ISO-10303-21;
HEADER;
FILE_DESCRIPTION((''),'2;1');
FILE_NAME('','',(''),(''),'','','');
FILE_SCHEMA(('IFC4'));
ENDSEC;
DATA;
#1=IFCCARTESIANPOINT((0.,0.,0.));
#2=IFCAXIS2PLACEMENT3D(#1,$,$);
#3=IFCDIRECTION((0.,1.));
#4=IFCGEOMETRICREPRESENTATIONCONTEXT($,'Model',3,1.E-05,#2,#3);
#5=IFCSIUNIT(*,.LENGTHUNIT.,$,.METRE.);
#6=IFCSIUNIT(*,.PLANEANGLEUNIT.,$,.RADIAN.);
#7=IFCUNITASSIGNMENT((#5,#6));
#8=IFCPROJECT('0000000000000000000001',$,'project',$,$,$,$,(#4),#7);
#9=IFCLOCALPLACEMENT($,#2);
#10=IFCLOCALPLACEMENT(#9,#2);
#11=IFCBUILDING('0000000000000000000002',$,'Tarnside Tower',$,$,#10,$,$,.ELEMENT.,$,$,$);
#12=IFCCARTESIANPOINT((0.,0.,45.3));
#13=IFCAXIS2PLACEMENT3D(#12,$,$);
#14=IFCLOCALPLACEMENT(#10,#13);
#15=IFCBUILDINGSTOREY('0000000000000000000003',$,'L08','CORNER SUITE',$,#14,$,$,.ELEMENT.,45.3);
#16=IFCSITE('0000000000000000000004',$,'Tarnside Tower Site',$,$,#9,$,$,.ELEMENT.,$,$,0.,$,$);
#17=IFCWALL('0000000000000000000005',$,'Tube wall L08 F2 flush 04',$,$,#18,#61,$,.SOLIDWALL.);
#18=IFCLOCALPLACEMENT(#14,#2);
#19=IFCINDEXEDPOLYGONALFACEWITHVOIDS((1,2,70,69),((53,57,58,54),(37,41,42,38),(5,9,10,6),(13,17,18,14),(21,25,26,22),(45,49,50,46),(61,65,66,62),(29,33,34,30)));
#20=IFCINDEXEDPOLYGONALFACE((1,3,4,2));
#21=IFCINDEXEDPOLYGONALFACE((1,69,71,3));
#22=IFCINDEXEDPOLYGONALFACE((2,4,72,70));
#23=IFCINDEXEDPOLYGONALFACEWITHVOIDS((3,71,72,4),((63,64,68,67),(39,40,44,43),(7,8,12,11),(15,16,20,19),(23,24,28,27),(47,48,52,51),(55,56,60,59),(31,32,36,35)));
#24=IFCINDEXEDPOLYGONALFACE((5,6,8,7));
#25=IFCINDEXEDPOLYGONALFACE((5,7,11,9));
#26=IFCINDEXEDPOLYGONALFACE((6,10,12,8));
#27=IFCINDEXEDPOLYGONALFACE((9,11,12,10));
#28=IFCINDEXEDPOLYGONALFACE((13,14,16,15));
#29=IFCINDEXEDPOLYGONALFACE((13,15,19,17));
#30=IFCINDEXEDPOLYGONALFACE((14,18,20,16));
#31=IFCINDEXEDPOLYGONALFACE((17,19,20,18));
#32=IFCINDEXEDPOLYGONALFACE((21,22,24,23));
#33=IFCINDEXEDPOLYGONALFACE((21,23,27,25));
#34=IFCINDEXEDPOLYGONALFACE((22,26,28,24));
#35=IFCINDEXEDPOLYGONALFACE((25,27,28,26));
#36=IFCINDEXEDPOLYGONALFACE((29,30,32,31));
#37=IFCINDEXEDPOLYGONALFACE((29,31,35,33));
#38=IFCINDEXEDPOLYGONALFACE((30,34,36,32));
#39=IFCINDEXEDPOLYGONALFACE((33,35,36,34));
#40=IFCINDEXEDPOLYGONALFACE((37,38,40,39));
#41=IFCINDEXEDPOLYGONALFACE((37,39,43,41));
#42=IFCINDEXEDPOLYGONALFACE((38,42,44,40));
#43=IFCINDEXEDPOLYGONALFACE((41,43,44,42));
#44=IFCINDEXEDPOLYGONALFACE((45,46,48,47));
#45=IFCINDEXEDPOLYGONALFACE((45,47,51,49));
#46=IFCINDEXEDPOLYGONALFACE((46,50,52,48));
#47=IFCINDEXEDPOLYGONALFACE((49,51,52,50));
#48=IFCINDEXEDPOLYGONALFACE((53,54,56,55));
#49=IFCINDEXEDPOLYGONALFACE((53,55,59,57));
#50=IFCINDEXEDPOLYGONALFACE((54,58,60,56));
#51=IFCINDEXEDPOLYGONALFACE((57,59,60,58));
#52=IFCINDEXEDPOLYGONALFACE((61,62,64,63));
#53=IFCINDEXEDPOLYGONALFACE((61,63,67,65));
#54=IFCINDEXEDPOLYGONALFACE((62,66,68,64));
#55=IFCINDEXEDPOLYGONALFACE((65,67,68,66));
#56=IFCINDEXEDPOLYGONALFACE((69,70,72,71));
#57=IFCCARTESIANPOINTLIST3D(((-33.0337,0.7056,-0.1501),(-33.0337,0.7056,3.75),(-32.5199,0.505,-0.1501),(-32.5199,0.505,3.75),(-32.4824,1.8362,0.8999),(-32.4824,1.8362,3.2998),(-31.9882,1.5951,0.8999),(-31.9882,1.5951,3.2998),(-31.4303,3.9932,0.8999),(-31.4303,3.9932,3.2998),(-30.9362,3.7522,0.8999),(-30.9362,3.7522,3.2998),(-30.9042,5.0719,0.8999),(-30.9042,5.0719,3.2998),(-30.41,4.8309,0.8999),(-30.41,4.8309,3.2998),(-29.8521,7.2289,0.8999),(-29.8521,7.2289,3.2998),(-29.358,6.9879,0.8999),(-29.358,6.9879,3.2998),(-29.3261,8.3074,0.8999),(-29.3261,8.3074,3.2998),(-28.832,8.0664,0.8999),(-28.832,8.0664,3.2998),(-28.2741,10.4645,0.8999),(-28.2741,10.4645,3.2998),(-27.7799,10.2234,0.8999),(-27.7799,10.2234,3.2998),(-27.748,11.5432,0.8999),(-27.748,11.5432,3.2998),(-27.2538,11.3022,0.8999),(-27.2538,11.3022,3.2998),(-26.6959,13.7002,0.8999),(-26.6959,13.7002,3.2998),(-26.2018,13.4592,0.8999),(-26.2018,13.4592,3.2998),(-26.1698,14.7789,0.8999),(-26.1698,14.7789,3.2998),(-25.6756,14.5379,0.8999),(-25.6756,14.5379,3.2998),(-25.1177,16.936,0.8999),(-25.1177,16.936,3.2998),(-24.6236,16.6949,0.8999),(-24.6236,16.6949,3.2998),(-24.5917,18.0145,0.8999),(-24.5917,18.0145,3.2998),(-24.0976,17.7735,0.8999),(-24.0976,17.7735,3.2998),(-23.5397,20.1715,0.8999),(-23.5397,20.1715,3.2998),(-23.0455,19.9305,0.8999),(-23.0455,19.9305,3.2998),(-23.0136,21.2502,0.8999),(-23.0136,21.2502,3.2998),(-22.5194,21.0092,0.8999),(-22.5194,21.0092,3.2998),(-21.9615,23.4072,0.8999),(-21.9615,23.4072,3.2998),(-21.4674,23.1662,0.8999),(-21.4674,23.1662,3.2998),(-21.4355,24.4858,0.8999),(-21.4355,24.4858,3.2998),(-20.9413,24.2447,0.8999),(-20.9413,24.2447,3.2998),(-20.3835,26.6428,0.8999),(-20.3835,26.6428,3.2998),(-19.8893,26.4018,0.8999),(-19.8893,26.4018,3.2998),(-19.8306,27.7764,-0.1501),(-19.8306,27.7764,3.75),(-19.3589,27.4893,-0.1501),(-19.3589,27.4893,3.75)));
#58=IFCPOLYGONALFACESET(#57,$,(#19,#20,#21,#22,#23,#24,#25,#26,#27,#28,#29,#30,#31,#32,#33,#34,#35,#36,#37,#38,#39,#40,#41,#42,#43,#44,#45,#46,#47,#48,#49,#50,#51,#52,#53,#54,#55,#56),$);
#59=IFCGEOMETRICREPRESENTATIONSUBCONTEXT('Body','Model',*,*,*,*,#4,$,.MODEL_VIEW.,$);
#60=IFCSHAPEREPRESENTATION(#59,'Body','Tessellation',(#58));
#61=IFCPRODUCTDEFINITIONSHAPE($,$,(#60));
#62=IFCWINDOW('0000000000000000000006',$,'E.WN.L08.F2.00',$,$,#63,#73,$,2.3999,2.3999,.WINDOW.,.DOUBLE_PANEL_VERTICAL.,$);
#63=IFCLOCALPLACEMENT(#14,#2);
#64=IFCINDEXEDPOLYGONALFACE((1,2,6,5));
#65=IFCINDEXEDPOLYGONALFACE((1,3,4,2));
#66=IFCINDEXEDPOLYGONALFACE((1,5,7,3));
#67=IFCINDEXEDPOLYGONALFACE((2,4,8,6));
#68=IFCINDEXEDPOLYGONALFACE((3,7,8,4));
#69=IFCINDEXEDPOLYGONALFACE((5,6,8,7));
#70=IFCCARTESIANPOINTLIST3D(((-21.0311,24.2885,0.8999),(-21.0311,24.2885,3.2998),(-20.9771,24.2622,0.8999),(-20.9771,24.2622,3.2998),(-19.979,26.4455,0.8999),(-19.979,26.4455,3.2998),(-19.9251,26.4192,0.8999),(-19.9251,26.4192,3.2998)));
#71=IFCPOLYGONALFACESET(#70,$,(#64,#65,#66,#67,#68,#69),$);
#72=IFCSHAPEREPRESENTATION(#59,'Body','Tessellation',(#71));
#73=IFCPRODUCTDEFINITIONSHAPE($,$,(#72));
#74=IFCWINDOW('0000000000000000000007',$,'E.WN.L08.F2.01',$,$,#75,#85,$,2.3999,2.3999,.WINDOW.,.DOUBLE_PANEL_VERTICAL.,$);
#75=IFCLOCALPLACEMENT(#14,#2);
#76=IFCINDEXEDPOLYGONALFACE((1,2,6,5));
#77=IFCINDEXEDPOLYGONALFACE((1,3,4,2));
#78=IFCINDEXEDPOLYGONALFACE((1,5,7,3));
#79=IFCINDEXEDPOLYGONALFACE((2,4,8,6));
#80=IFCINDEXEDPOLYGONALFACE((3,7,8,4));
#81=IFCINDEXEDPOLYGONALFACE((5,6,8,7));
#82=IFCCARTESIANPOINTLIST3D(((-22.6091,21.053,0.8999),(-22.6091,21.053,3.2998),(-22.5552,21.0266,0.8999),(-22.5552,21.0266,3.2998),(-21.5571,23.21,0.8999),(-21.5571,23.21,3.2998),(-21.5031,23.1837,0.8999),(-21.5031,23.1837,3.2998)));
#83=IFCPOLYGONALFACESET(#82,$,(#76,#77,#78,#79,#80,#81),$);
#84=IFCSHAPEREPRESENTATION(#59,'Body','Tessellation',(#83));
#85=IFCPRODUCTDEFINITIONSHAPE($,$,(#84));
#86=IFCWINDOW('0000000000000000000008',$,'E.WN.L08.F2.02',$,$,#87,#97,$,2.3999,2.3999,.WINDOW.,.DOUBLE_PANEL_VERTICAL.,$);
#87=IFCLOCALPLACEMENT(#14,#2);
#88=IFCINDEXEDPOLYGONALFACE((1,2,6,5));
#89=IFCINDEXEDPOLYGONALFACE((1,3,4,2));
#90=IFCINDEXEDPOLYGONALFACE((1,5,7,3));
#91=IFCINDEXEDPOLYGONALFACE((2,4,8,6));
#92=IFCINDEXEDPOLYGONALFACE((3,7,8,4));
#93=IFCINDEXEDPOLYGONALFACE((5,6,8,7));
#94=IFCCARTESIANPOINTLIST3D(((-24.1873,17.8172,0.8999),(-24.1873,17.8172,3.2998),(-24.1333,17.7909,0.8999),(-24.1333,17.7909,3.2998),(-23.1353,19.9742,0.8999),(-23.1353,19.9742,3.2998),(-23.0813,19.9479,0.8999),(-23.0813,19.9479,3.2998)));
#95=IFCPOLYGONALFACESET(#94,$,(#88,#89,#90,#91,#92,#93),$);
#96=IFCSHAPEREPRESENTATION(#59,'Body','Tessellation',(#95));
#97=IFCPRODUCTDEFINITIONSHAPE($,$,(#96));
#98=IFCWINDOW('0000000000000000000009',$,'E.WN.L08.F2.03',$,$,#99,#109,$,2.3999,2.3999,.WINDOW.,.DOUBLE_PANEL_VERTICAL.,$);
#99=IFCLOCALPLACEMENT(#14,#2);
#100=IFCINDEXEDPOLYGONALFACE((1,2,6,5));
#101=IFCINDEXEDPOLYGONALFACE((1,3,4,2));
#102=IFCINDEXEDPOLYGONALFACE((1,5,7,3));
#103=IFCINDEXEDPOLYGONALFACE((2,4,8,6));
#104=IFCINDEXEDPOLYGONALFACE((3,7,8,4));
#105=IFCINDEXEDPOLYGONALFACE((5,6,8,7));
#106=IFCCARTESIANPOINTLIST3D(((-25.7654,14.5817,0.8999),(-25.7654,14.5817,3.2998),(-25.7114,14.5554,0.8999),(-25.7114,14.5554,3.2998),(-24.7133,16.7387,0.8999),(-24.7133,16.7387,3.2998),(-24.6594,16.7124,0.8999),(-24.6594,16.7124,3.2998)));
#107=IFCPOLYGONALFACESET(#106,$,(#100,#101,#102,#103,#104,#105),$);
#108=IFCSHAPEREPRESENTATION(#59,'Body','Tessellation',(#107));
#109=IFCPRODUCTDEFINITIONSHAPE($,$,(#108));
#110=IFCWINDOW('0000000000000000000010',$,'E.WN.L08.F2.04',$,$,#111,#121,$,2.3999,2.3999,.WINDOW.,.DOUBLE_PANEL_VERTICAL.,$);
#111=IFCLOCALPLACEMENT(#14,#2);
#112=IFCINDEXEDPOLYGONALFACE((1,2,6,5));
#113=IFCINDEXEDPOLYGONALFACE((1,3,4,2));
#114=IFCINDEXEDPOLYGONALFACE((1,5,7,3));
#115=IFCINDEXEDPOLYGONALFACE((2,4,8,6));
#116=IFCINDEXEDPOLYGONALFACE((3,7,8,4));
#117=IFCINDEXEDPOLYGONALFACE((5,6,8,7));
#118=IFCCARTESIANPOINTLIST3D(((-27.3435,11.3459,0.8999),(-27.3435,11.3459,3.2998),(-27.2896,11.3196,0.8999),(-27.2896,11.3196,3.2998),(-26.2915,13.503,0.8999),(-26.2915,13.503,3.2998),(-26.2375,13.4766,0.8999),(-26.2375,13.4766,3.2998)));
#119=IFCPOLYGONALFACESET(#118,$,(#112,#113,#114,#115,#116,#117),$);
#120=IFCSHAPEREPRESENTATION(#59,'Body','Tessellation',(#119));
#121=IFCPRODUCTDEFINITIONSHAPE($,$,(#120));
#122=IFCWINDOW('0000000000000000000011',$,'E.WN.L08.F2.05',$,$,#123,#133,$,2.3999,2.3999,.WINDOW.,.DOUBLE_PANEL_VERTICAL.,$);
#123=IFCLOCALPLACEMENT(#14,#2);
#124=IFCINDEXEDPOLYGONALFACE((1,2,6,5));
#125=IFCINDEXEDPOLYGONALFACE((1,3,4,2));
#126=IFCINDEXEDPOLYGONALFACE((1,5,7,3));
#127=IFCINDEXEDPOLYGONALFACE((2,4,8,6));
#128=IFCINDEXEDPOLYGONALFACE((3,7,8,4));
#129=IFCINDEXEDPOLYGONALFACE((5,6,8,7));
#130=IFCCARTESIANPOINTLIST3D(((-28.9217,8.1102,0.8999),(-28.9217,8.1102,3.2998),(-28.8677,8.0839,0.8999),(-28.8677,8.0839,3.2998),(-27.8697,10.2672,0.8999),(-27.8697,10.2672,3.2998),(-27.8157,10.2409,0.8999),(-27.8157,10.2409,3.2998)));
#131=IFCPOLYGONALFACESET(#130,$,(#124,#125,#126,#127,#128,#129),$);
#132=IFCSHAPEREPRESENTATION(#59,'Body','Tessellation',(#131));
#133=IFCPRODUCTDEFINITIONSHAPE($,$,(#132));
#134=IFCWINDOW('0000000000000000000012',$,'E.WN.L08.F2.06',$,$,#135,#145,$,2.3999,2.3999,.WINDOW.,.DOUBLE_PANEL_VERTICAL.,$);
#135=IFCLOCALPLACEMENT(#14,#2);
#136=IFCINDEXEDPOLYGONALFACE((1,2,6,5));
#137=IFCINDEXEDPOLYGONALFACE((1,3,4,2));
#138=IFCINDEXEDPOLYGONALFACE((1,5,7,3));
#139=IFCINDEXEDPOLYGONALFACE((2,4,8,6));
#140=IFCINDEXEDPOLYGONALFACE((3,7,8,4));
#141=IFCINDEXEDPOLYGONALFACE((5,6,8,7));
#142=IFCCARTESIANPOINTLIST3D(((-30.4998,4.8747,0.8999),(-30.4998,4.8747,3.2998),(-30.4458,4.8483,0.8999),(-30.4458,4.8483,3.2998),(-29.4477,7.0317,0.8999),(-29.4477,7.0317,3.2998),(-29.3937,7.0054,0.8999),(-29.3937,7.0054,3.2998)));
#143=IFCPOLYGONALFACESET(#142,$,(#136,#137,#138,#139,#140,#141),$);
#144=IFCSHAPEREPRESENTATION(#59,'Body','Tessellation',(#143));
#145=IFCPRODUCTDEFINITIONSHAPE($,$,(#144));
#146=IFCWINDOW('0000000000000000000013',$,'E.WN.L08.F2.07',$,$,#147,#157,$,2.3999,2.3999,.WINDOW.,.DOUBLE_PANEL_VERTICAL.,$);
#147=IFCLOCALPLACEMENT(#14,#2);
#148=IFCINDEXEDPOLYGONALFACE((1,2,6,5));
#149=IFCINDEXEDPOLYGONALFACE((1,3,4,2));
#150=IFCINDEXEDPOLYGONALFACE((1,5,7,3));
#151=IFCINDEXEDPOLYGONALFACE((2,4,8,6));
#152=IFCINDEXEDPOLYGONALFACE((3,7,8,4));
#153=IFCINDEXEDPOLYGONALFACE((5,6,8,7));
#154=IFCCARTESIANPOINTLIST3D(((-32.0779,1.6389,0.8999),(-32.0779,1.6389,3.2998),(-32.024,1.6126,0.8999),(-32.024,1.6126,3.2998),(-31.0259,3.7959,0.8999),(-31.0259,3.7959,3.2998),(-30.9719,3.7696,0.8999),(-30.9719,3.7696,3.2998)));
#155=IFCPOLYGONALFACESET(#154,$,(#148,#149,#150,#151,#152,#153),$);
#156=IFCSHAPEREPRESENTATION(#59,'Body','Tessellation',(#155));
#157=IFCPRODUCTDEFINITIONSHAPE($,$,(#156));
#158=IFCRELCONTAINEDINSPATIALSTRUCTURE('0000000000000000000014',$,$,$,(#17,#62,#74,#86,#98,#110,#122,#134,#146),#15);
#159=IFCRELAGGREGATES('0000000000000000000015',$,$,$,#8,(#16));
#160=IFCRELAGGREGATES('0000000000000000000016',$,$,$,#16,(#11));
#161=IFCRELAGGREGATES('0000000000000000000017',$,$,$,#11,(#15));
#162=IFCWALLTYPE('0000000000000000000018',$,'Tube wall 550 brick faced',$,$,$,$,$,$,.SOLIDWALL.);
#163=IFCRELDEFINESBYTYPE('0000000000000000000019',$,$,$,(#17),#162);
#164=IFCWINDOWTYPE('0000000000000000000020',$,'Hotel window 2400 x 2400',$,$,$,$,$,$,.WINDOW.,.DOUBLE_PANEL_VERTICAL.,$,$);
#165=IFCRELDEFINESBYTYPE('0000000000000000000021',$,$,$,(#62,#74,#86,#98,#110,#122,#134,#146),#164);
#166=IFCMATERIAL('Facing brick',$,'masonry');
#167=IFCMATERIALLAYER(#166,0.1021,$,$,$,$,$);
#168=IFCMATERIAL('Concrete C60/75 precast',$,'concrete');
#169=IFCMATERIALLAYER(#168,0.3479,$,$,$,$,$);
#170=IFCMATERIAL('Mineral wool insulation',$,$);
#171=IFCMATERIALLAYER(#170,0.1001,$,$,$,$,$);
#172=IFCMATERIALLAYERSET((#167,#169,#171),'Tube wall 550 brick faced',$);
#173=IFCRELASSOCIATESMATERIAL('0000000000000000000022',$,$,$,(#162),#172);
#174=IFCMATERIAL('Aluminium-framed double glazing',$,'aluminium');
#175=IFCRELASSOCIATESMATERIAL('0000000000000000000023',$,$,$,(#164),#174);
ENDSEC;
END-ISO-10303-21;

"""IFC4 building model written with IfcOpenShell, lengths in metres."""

from ifc_helpers import new_model, si_unit, direction, frame, frame_2d, origin, place, context, subcontext, project, spatial, polyline, rectangle, outline, extrude, material, layer, layer_set, type_object, element, fill, save


model = new_model("IFC4")

# Units and contexts
model_context = context("Model", 3, precision=1e-05, world=origin(), true_north=direction((0.0, 1.0)))
body_context = subcontext(model_context, "Body", "Model", "MODEL_VIEW")
ifc_project = project(units=[si_unit("LENGTHUNIT", "METRE"), si_unit("PLANEANGLEUNIT", "RADIAN")], contexts=[model_context])

# Site, building, storey
site_placement = place(None, origin())
site = spatial("IfcSite", under=ifc_project, at=site_placement, Name="Tarnside Tower Site", CompositionType="ELEMENT", RefElevation=0.0)
building_placement = place(site_placement, origin())
building = spatial("IfcBuilding", under=site, at=building_placement, Name="Tarnside Tower", CompositionType="ELEMENT")
storey_placement = place(building_placement, frame((0.0, 0.0, 45.3)))
storey = spatial("IfcBuildingStorey", under=building, at=storey_placement, Name="L08", Description="CORNER SUITE", CompositionType="ELEMENT", Elevation=45.3)

# Shared definitions
ifc_material_1 = material(Name="Facing brick", Category="masonry")
ifc_layer_1 = layer(ifc_material_1, 0.1021)
ifc_material_2 = material(Name="Concrete C60/75 precast", Category="concrete")
ifc_layer_2 = layer(ifc_material_2, 0.3479)
ifc_material_3 = material(Name="Mineral wool insulation")
ifc_layer_3 = layer(ifc_material_3, 0.1001)
ifc_layer_set_1 = layer_set([ifc_layer_1, ifc_layer_2, ifc_layer_3], Name="Tube wall 550 brick faced")
wall_type_1 = type_object("IfcWallType", Name="Tube wall 550 brick faced", PredefinedType="SOLIDWALL", material=ifc_layer_set_1)

# Wall, openings, windows
wall_1_placement = place(storey_placement, frame((-19.5947, 27.6328, -0.1501), z_axis=(0.0, 0.0, 1.0), x_axis=(-0.438368, -0.898795, 0.0)))
wall_1 = element("IfcWall", 1, at=wall_1_placement, inside=storey, type_object=wall_type_1, Name="Tube wall L08 F2 flush 04", PredefinedType="SOLIDWALL", context=body_context, shape_type="SweptSolid", body=[
    extrude(outline(polyline([(-0.0256, -0.2749), (30.0933, -0.2749), (30.0483, 0.2749), (0.0256, 0.2749), (-0.0256, -0.2749)])), origin(), (0.0, 0.0, 1.0), 3.9001),
])
opening_1_placement = place(wall_1_placement, frame((1.2356, 0.0, 1.05)))
opening_1 = element("IfcOpeningElement", 2, at=opening_1_placement, cuts=wall_1, PredefinedType="OPENING", context=body_context, shape_type="SweptSolid", body=[
    extrude(rectangle(XDim=2.3999, YDim=2.3999, at=frame_2d((1.2, 1.2))), frame((0.0, 0.2852, 0.0), z_axis=(0.0, -1.0, 0.0), x_axis=(1.0, 0.0, 0.0)), (0.0, 0.0, 1.0), 0.5701),
])
opening_2_placement = place(wall_1_placement, frame((4.8354, 0.0, 1.05)))
opening_2 = element("IfcOpeningElement", 3, at=opening_2_placement, cuts=wall_1, PredefinedType="OPENING", context=body_context, shape_type="SweptSolid", body=[
    extrude(rectangle(XDim=2.3999, YDim=2.3999, at=frame_2d((1.2, 1.2))), frame((0.0, 0.2852, 0.0), z_axis=(0.0, -1.0, 0.0), x_axis=(1.0, 0.0, 0.0)), (0.0, 0.0, 1.0), 0.5701),
])
opening_3_placement = place(wall_1_placement, frame((8.4355, 0.0, 1.05)))
opening_3 = element("IfcOpeningElement", 4, at=opening_3_placement, cuts=wall_1, PredefinedType="OPENING", context=body_context, shape_type="SweptSolid", body=[
    extrude(rectangle(XDim=2.3999, YDim=2.3999, at=frame_2d((1.2, 1.2))), frame((0.0, 0.2852, 0.0), z_axis=(0.0, -1.0, 0.0), x_axis=(1.0, 0.0, 0.0)), (0.0, 0.0, 1.0), 0.5701),
])
opening_4_placement = place(wall_1_placement, frame((12.0354, 0.0, 1.05)))
opening_4 = element("IfcOpeningElement", 5, at=opening_4_placement, cuts=wall_1, PredefinedType="OPENING", context=body_context, shape_type="SweptSolid", body=[
    extrude(rectangle(XDim=2.3999, YDim=2.3999, at=frame_2d((1.2, 1.2))), frame((0.0, 0.2852, 0.0), z_axis=(0.0, -1.0, 0.0), x_axis=(1.0, 0.0, 0.0)), (0.0, 0.0, 1.0), 0.5701),
])
opening_5_placement = place(wall_1_placement, frame((15.6355, 0.0, 1.05)))
opening_5 = element("IfcOpeningElement", 6, at=opening_5_placement, cuts=wall_1, PredefinedType="OPENING", context=body_context, shape_type="SweptSolid", body=[
    extrude(rectangle(XDim=2.3999, YDim=2.3999, at=frame_2d((1.2, 1.2))), frame((0.0, 0.2852, 0.0), z_axis=(0.0, -1.0, 0.0), x_axis=(1.0, 0.0, 0.0)), (0.0, 0.0, 1.0), 0.5701),
])
opening_6_placement = place(wall_1_placement, frame((19.2356, 0.0, 1.05)))
opening_6 = element("IfcOpeningElement", 7, at=opening_6_placement, cuts=wall_1, PredefinedType="OPENING", context=body_context, shape_type="SweptSolid", body=[
    extrude(rectangle(XDim=2.3999, YDim=2.3999, at=frame_2d((1.2, 1.2))), frame((0.0, 0.2852, 0.0), z_axis=(0.0, -1.0, 0.0), x_axis=(1.0, 0.0, 0.0)), (0.0, 0.0, 1.0), 0.5701),
])
opening_7_placement = place(wall_1_placement, frame((22.8354, 0.0, 1.05)))
opening_7 = element("IfcOpeningElement", 8, at=opening_7_placement, cuts=wall_1, PredefinedType="OPENING", context=body_context, shape_type="SweptSolid", body=[
    extrude(rectangle(XDim=2.3999, YDim=2.3999, at=frame_2d((1.2, 1.2))), frame((0.0, 0.2852, 0.0), z_axis=(0.0, -1.0, 0.0), x_axis=(1.0, 0.0, 0.0)), (0.0, 0.0, 1.0), 0.5701),
])
opening_8_placement = place(wall_1_placement, frame((26.4355, 0.0, 1.05)))
opening_8 = element("IfcOpeningElement", 9, at=opening_8_placement, cuts=wall_1, PredefinedType="OPENING", context=body_context, shape_type="SweptSolid", body=[
    extrude(rectangle(XDim=2.3999, YDim=2.3999, at=frame_2d((1.2, 1.2))), frame((0.0, 0.2852, 0.0), z_axis=(0.0, -1.0, 0.0), x_axis=(1.0, 0.0, 0.0)), (0.0, 0.0, 1.0), 0.5701),
])
ifc_material_4 = material(Name="Aluminium-framed double glazing", Category="aluminium")
window_type = type_object("IfcWindowType", Name="Hotel window 2400 x 2400", PartitioningType="DOUBLE_PANEL_VERTICAL", PredefinedType="WINDOW", material=ifc_material_4)
window_1_placement = place(opening_1_placement, frame((0.0, 0.2051, 0.0)))
window_1 = element("IfcWindow", 10, at=window_1_placement, inside=storey, type_object=window_type, Name="E.WN.L08.F2.00", OverallHeight=2.3999, OverallWidth=2.3999, PartitioningType="DOUBLE_PANEL_VERTICAL", PredefinedType="WINDOW", context=body_context, shape_type="SweptSolid", body=[
    extrude(rectangle(XDim=2.3999, YDim=2.3999, at=frame_2d((1.2, 1.2))), frame((0.0, 0.03, 0.0), z_axis=(0.0, -1.0, 0.0), x_axis=(1.0, 0.0, 0.0)), (0.0, 0.0, 1.0), 0.0601),
])
fill(opening_1, window_1)
window_2_placement = place(opening_2_placement, frame((0.0, 0.2051, 0.0)))
window_2 = element("IfcWindow", 11, at=window_2_placement, inside=storey, type_object=window_type, Name="E.WN.L08.F2.01", OverallHeight=2.3999, OverallWidth=2.3999, PartitioningType="DOUBLE_PANEL_VERTICAL", PredefinedType="WINDOW", context=body_context, shape_type="SweptSolid", body=[
    extrude(rectangle(XDim=2.3999, YDim=2.3999, at=frame_2d((1.2, 1.2))), frame((0.0, 0.03, 0.0), z_axis=(0.0, -1.0, 0.0), x_axis=(1.0, 0.0, 0.0)), (0.0, 0.0, 1.0), 0.0601),
])
fill(opening_2, window_2)
window_3_placement = place(opening_3_placement, frame((0.0, 0.2051, 0.0)))
window_3 = element("IfcWindow", 12, at=window_3_placement, inside=storey, type_object=window_type, Name="E.WN.L08.F2.02", OverallHeight=2.3999, OverallWidth=2.3999, PartitioningType="DOUBLE_PANEL_VERTICAL", PredefinedType="WINDOW", context=body_context, shape_type="SweptSolid", body=[
    extrude(rectangle(XDim=2.3999, YDim=2.3999, at=frame_2d((1.2, 1.2))), frame((0.0, 0.03, 0.0), z_axis=(0.0, -1.0, 0.0), x_axis=(1.0, 0.0, 0.0)), (0.0, 0.0, 1.0), 0.0601),
])
fill(opening_3, window_3)
window_4_placement = place(opening_4_placement, frame((0.0, 0.2051, 0.0)))
window_4 = element("IfcWindow", 13, at=window_4_placement, inside=storey, type_object=window_type, Name="E.WN.L08.F2.03", OverallHeight=2.3999, OverallWidth=2.3999, PartitioningType="DOUBLE_PANEL_VERTICAL", PredefinedType="WINDOW", context=body_context, shape_type="SweptSolid", body=[
    extrude(rectangle(XDim=2.3999, YDim=2.3999, at=frame_2d((1.2, 1.2))), frame((0.0, 0.03, 0.0), z_axis=(0.0, -1.0, 0.0), x_axis=(1.0, 0.0, 0.0)), (0.0, 0.0, 1.0), 0.0601),
])
fill(opening_4, window_4)
window_5_placement = place(opening_5_placement, frame((0.0, 0.2051, 0.0)))
window_5 = element("IfcWindow", 14, at=window_5_placement, inside=storey, type_object=window_type, Name="E.WN.L08.F2.04", OverallHeight=2.3999, OverallWidth=2.3999, PartitioningType="DOUBLE_PANEL_VERTICAL", PredefinedType="WINDOW", context=body_context, shape_type="SweptSolid", body=[
    extrude(rectangle(XDim=2.3999, YDim=2.3999, at=frame_2d((1.2, 1.2))), frame((0.0, 0.03, 0.0), z_axis=(0.0, -1.0, 0.0), x_axis=(1.0, 0.0, 0.0)), (0.0, 0.0, 1.0), 0.0601),
])
fill(opening_5, window_5)
window_6_placement = place(opening_6_placement, frame((0.0, 0.2051, 0.0)))
window_6 = element("IfcWindow", 15, at=window_6_placement, inside=storey, type_object=window_type, Name="E.WN.L08.F2.05", OverallHeight=2.3999, OverallWidth=2.3999, PartitioningType="DOUBLE_PANEL_VERTICAL", PredefinedType="WINDOW", context=body_context, shape_type="SweptSolid", body=[
    extrude(rectangle(XDim=2.3999, YDim=2.3999, at=frame_2d((1.2, 1.2))), frame((0.0, 0.03, 0.0), z_axis=(0.0, -1.0, 0.0), x_axis=(1.0, 0.0, 0.0)), (0.0, 0.0, 1.0), 0.0601),
])
fill(opening_6, window_6)
window_7_placement = place(opening_7_placement, frame((0.0, 0.2051, 0.0)))
window_7 = element("IfcWindow", 16, at=window_7_placement, inside=storey, type_object=window_type, Name="E.WN.L08.F2.06", OverallHeight=2.3999, OverallWidth=2.3999, PartitioningType="DOUBLE_PANEL_VERTICAL", PredefinedType="WINDOW", context=body_context, shape_type="SweptSolid", body=[
    extrude(rectangle(XDim=2.3999, YDim=2.3999, at=frame_2d((1.2, 1.2))), frame((0.0, 0.03, 0.0), z_axis=(0.0, -1.0, 0.0), x_axis=(1.0, 0.0, 0.0)), (0.0, 0.0, 1.0), 0.0601),
])
fill(opening_7, window_7)
window_8_placement = place(opening_8_placement, frame((0.0, 0.2051, 0.0)))
window_8 = element("IfcWindow", 17, at=window_8_placement, inside=storey, type_object=window_type, Name="E.WN.L08.F2.07", OverallHeight=2.3999, OverallWidth=2.3999, PartitioningType="DOUBLE_PANEL_VERTICAL", PredefinedType="WINDOW", context=body_context, shape_type="SweptSolid", body=[
    extrude(rectangle(XDim=2.3999, YDim=2.3999, at=frame_2d((1.2, 1.2))), frame((0.0, 0.03, 0.0), z_axis=(0.0, -1.0, 0.0), x_axis=(1.0, 0.0, 0.0)), (0.0, 0.0, 1.0), 0.0601),
])
fill(opening_8, window_8)

save(model, "model.ifc")
